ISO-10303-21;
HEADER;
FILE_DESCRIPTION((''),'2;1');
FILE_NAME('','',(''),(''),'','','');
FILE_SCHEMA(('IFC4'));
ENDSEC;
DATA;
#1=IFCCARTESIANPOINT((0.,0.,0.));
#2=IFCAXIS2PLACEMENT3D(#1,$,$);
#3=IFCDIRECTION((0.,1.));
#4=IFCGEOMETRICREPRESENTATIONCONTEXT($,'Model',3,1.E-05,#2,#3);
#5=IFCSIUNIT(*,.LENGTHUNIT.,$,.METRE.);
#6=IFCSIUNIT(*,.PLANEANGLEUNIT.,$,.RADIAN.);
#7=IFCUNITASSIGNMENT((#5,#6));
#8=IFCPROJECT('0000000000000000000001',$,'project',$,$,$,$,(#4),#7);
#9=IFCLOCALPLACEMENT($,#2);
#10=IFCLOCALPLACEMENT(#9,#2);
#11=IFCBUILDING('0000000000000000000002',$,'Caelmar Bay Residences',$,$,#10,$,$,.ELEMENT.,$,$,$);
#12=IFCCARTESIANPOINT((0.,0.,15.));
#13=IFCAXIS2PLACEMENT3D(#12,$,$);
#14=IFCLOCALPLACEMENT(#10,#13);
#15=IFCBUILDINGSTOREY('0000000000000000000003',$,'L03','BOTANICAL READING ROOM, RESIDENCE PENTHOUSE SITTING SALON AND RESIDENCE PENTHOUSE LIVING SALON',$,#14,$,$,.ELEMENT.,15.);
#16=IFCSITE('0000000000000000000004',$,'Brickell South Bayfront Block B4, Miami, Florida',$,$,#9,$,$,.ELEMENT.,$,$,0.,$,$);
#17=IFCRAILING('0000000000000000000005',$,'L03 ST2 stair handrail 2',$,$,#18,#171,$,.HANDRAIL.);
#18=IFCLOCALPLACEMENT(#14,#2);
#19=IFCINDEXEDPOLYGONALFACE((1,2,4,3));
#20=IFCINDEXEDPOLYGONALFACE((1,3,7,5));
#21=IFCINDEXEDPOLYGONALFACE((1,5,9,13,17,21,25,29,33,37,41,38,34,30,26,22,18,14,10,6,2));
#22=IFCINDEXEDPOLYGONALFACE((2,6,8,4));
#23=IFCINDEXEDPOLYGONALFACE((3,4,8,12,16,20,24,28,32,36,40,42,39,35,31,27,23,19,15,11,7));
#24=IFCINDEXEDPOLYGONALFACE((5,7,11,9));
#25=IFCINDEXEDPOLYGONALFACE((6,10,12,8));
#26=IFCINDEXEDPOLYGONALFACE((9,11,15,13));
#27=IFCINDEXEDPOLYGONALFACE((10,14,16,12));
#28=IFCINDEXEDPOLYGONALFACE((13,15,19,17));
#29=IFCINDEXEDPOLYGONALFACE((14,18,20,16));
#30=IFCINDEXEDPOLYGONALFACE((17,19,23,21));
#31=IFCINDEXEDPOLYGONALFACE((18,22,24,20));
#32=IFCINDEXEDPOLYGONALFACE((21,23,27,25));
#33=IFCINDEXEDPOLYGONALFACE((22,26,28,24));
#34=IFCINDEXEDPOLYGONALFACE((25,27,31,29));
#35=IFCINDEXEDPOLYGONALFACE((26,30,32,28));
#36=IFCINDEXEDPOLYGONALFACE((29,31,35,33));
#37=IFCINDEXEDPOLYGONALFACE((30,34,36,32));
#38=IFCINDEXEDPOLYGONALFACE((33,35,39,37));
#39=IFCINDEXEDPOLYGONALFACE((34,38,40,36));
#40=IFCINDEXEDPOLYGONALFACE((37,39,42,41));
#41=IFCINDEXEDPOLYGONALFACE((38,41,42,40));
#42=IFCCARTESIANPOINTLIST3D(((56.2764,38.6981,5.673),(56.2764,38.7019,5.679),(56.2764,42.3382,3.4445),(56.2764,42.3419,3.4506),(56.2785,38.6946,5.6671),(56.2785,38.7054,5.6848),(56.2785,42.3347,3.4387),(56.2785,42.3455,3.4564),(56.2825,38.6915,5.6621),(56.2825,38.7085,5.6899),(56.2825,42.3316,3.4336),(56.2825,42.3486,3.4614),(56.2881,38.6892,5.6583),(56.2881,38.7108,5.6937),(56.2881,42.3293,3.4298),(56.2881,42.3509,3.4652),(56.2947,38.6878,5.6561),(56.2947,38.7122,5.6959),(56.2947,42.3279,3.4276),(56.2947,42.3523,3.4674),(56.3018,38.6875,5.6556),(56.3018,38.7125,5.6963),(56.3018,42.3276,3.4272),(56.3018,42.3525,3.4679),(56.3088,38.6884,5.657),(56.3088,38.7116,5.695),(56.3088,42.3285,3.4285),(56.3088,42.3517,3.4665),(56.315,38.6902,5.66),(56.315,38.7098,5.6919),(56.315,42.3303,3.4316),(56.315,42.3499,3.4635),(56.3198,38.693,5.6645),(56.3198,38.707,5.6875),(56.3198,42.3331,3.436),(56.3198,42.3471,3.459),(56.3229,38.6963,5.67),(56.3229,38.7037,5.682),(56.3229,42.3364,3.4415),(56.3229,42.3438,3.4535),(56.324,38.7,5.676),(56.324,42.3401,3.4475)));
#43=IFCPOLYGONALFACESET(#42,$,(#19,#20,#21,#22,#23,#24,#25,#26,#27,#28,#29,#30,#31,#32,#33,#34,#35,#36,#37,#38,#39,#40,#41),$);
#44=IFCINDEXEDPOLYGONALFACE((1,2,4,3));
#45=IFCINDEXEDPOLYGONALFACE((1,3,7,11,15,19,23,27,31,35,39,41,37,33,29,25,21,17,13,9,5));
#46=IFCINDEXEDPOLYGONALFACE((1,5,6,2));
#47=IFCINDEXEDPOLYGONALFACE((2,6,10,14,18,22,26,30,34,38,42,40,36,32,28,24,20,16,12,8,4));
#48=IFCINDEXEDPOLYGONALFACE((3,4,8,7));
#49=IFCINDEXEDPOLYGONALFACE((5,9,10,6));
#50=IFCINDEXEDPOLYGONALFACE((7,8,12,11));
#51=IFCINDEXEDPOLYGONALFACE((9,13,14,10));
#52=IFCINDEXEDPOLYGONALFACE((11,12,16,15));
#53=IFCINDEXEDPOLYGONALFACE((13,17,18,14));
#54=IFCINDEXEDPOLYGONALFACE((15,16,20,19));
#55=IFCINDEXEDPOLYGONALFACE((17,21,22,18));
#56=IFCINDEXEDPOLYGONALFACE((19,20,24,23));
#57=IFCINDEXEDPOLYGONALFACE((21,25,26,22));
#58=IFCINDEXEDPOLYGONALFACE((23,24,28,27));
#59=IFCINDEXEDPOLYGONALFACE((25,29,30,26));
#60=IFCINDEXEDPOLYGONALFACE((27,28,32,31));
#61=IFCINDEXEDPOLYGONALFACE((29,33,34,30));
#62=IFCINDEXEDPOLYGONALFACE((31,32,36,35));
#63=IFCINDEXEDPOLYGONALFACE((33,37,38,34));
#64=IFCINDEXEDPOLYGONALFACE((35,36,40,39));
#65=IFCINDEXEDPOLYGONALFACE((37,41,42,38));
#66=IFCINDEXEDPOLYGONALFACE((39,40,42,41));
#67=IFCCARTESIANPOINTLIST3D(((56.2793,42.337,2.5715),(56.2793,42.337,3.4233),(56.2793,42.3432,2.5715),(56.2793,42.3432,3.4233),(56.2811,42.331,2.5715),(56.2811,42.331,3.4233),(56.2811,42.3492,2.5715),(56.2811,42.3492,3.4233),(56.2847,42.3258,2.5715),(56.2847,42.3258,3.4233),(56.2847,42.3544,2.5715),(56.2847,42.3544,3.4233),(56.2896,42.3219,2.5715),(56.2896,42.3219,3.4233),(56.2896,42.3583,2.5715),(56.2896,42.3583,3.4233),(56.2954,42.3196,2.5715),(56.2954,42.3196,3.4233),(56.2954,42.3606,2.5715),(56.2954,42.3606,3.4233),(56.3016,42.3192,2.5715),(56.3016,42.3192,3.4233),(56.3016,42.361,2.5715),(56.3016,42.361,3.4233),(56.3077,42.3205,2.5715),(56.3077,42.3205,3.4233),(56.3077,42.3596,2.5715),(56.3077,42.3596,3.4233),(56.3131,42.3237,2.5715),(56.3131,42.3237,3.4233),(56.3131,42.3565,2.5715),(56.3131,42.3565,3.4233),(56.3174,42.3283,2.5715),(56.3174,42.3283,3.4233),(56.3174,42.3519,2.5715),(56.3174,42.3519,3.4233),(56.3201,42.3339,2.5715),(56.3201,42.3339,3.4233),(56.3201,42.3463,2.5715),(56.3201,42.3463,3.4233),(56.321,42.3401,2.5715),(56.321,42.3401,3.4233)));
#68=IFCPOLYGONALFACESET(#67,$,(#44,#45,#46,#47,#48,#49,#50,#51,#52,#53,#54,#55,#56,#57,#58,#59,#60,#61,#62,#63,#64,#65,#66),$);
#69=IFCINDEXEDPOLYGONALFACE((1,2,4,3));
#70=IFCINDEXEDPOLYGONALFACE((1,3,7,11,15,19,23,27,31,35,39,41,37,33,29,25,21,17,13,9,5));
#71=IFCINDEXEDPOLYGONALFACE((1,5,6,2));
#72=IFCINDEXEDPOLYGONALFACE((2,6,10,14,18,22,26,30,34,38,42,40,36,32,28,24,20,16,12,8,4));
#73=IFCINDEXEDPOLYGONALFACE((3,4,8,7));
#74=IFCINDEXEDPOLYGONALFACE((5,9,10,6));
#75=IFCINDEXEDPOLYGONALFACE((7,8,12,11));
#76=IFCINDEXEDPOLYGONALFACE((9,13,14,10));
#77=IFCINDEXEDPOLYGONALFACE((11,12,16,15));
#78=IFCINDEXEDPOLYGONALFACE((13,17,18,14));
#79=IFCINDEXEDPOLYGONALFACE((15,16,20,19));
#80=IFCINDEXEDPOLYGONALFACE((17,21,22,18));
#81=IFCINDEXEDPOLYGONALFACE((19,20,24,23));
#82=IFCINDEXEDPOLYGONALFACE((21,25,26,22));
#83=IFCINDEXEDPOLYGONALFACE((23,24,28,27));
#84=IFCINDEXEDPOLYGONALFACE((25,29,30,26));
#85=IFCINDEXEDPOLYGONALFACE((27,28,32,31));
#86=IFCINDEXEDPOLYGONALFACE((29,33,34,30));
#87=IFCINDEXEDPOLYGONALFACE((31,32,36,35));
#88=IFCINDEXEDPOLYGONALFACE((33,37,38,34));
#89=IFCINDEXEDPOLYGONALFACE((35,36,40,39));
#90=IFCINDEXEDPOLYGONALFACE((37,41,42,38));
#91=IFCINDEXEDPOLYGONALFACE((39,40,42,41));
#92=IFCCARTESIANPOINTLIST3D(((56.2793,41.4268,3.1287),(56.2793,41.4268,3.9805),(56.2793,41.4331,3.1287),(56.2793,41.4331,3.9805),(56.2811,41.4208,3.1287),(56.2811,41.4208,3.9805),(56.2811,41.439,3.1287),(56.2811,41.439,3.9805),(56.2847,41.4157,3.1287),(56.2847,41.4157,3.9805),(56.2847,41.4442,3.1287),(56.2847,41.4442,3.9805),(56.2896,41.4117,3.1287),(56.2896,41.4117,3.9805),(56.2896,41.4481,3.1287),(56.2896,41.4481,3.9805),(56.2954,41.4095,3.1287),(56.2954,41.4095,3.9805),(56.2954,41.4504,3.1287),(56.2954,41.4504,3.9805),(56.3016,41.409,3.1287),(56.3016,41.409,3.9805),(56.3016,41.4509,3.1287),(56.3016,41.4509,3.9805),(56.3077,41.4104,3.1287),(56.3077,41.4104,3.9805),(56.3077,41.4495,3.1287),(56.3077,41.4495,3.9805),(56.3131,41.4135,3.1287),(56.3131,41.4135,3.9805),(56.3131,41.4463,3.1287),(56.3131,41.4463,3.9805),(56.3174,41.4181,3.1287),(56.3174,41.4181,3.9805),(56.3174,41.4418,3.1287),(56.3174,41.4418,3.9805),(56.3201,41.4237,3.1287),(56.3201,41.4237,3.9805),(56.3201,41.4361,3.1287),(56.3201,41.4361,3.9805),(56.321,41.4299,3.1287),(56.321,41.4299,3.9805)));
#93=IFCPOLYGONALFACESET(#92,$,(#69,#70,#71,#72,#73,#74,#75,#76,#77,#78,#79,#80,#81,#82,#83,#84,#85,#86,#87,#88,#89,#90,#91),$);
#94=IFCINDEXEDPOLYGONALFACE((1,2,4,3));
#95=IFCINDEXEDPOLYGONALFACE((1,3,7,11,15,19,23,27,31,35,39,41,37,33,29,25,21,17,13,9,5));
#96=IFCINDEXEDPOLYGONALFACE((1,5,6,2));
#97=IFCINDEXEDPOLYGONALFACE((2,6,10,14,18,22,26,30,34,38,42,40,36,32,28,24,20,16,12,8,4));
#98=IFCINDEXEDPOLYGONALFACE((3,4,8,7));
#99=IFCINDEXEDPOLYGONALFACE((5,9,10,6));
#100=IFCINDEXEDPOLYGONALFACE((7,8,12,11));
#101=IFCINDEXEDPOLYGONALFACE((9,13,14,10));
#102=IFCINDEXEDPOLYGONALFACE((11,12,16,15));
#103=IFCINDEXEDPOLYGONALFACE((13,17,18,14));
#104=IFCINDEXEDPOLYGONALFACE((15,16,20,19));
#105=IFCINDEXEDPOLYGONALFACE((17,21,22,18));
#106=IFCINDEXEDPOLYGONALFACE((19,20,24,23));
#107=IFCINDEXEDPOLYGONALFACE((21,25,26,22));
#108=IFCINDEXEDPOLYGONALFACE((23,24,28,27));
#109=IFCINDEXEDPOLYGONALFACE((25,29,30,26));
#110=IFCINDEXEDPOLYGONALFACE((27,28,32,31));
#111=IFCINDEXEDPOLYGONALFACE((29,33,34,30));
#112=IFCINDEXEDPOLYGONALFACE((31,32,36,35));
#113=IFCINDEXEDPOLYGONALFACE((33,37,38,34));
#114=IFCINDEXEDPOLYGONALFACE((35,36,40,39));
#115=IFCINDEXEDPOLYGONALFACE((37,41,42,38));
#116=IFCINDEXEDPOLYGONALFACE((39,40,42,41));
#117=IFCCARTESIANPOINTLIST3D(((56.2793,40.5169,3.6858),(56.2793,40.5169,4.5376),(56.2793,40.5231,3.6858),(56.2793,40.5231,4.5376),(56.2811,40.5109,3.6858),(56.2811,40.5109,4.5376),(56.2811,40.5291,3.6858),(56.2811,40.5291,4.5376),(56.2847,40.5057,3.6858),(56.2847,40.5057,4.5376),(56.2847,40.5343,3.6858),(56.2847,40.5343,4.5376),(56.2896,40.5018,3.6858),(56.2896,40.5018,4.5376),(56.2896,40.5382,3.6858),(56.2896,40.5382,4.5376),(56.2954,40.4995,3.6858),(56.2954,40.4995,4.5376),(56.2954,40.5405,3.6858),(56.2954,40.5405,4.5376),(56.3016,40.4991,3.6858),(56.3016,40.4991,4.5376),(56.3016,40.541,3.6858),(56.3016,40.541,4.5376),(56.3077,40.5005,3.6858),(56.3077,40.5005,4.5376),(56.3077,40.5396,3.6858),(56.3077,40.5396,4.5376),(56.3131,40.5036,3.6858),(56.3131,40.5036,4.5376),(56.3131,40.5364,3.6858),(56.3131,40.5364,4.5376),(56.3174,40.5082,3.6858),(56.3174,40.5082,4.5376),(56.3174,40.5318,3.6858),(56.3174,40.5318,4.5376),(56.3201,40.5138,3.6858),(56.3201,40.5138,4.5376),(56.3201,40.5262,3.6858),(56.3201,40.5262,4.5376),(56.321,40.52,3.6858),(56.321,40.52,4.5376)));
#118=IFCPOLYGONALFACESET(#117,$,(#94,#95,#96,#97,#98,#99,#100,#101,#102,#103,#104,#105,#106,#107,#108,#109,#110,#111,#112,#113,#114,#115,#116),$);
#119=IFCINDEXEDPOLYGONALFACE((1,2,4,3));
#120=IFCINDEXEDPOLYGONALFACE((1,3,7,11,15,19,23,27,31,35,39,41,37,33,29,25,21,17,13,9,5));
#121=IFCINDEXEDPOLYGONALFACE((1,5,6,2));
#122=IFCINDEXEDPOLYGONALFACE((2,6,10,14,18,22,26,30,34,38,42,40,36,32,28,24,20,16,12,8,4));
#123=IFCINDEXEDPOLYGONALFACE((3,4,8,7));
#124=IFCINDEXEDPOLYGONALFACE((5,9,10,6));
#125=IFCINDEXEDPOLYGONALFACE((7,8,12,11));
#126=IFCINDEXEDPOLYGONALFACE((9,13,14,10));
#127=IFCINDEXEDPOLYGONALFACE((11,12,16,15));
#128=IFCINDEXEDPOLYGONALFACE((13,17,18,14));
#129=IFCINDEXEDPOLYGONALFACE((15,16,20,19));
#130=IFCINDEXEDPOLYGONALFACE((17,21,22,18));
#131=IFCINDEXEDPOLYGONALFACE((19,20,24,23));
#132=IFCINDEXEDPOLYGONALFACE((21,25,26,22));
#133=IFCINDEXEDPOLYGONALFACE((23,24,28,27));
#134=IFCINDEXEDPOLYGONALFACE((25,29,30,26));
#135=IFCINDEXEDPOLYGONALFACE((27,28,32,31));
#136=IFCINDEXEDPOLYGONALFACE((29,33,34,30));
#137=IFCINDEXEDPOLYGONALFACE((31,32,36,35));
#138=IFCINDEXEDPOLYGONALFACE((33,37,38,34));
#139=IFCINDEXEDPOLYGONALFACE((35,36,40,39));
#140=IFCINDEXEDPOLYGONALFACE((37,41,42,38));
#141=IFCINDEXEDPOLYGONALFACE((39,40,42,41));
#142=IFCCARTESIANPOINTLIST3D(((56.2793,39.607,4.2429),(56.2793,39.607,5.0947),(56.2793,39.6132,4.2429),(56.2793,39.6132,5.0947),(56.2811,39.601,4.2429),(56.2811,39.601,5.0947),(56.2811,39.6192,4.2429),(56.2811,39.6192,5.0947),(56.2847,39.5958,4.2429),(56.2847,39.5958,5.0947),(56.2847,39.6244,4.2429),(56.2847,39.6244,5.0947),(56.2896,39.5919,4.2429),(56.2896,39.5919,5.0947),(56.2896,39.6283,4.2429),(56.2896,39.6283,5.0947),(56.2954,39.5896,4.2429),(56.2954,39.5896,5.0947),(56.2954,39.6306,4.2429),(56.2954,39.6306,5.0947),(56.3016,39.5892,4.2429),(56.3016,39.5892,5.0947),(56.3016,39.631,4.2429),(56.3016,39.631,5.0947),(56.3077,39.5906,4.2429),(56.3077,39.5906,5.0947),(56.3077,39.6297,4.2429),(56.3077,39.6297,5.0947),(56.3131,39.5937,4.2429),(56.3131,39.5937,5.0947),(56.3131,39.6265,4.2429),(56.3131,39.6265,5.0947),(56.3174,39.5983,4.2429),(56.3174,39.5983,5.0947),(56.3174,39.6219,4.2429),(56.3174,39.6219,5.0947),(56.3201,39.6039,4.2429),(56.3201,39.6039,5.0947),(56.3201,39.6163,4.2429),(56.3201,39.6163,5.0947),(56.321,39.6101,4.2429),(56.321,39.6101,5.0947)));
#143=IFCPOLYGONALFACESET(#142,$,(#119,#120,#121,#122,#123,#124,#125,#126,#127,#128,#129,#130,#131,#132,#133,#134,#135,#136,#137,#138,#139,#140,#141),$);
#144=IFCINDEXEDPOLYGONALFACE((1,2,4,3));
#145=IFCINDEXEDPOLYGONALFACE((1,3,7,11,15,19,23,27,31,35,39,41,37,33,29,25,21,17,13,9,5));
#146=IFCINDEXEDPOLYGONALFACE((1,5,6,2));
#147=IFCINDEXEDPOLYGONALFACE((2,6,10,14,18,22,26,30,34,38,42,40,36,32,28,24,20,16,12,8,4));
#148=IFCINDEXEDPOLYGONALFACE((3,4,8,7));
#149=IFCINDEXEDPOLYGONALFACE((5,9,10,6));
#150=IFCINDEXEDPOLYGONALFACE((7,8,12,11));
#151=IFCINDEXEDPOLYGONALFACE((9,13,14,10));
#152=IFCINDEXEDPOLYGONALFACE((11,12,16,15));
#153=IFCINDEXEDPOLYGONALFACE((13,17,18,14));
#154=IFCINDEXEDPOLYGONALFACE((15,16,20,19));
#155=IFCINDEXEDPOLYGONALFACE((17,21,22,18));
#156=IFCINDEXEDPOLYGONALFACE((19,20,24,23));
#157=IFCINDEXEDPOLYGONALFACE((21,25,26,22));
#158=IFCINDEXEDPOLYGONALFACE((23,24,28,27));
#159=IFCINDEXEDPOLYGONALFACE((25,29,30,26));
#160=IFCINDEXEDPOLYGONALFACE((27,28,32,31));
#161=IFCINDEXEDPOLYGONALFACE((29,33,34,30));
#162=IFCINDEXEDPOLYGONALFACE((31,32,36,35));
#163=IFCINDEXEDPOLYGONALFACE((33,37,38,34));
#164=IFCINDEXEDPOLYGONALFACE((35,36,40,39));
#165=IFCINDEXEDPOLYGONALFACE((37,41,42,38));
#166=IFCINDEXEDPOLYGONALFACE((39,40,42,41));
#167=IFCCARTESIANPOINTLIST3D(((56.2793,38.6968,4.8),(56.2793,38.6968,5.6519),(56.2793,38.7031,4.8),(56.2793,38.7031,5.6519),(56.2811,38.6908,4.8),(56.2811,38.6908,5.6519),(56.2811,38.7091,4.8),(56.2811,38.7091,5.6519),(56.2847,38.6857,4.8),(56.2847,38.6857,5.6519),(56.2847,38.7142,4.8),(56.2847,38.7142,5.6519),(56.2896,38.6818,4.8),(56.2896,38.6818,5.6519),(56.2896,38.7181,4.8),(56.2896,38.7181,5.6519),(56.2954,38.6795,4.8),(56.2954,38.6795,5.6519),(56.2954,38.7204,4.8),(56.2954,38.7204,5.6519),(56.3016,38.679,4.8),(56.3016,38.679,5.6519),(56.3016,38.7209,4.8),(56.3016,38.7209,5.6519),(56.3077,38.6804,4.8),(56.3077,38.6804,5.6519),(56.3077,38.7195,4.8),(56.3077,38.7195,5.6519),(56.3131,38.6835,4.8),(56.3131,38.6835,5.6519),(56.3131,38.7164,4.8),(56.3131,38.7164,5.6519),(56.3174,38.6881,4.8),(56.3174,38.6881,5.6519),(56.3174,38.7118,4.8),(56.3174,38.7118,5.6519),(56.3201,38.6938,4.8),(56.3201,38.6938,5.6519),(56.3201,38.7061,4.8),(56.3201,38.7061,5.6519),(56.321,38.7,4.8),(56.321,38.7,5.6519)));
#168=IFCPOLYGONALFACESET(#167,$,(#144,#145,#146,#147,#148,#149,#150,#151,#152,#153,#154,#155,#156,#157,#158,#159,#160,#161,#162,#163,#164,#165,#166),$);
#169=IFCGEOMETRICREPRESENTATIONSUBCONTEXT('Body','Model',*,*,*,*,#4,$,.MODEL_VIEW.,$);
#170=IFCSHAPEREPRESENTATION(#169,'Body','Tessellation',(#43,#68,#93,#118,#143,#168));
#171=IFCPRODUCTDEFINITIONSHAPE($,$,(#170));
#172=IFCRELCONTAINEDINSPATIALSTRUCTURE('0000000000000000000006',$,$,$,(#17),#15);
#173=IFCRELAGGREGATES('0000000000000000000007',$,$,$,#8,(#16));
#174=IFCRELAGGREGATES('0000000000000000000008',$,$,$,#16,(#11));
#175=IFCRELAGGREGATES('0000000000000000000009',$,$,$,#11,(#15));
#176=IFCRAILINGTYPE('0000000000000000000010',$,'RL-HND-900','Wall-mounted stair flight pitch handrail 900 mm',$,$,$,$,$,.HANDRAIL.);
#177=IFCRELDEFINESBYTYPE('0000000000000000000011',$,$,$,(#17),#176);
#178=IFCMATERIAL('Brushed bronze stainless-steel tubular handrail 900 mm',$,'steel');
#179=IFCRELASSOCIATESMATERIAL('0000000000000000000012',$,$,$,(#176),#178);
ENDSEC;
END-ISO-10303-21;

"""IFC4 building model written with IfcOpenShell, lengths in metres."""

from ifc_helpers import new_model, si_unit, direction, frame, origin, origin_2d, place, context, subcontext, project, spatial, circle, extrude, material, type_object, element, save


model = new_model("IFC4")

# Units and contexts
model_context = context("Model", 3, precision=1e-05, world=origin(), true_north=direction((0.0, 1.0)))
body_context = subcontext(model_context, "Body", "Model", "MODEL_VIEW")
ifc_project = project(units=[si_unit("LENGTHUNIT", "METRE"), si_unit("PLANEANGLEUNIT", "RADIAN")], contexts=[model_context])

# Site, building, storey
site_placement = place(None, origin())
site = spatial("IfcSite", under=ifc_project, at=site_placement, Name="Brickell South Bayfront Block B4, Miami, Florida", CompositionType="ELEMENT", RefElevation=0.0)
building_placement = place(site_placement, origin())
building = spatial("IfcBuilding", under=site, at=building_placement, Name="Caelmar Bay Residences", CompositionType="ELEMENT")
storey_placement = place(building_placement, frame((0.0, 0.0, 15.0)))
storey = spatial("IfcBuildingStorey", under=building, at=storey_placement, Name="L03", Description="BOTANICAL READING ROOM, RESIDENCE PENTHOUSE SITTING SALON AND RESIDENCE PENTHOUSE LIVING SALON", CompositionType="ELEMENT", Elevation=15.0)

# Railing
ifc_material_1 = material(Name="Brushed bronze stainless-steel tubular handrail 900 mm", Category="steel")
railing_type_1 = type_object("IfcRailingType", Name="RL-HND-900", Description="Wall-mounted stair flight pitch handrail 900 mm", PredefinedType="HANDRAIL", material=ifc_material_1)
railing_1_placement = place(storey_placement, frame((56.3, 42.3401, 2.5715)))
element("IfcRailing", 1, at=railing_1_placement, inside=storey, type_object=railing_type_1, Name="L03 ST2 stair handrail 2", PredefinedType="HANDRAIL", context=body_context, shape_type="SweptSolid", body=[
    extrude(circle(Radius=0.0239, at=origin_2d()), frame((0.0, 0.0, 0.876), z_axis=(0.0, -0.852866, 0.52213), x_axis=(1.0, 0.0, 0.0)), (0.0, 0.0, 1.0), 4.2681),
    extrude(circle(Radius=0.021, at=origin_2d()), origin(), (0.0, 0.0, 1.0), 0.8518),
    extrude(circle(Radius=0.021, at=origin_2d()), frame((0.0, -0.9102, 0.5571)), (0.0, 0.0, 1.0), 0.8518),
    extrude(circle(Radius=0.021, at=origin_2d()), frame((0.0, -1.8201, 1.1143)), (0.0, 0.0, 1.0), 0.8518),
    extrude(circle(Radius=0.021, at=origin_2d()), frame((0.0, -2.73, 1.6714)), (0.0, 0.0, 1.0), 0.8518),
    extrude(circle(Radius=0.021, at=origin_2d()), frame((0.0, -3.6401, 2.2285)), (0.0, 0.0, 1.0), 0.8518),
])

save(model, "model.ifc")
